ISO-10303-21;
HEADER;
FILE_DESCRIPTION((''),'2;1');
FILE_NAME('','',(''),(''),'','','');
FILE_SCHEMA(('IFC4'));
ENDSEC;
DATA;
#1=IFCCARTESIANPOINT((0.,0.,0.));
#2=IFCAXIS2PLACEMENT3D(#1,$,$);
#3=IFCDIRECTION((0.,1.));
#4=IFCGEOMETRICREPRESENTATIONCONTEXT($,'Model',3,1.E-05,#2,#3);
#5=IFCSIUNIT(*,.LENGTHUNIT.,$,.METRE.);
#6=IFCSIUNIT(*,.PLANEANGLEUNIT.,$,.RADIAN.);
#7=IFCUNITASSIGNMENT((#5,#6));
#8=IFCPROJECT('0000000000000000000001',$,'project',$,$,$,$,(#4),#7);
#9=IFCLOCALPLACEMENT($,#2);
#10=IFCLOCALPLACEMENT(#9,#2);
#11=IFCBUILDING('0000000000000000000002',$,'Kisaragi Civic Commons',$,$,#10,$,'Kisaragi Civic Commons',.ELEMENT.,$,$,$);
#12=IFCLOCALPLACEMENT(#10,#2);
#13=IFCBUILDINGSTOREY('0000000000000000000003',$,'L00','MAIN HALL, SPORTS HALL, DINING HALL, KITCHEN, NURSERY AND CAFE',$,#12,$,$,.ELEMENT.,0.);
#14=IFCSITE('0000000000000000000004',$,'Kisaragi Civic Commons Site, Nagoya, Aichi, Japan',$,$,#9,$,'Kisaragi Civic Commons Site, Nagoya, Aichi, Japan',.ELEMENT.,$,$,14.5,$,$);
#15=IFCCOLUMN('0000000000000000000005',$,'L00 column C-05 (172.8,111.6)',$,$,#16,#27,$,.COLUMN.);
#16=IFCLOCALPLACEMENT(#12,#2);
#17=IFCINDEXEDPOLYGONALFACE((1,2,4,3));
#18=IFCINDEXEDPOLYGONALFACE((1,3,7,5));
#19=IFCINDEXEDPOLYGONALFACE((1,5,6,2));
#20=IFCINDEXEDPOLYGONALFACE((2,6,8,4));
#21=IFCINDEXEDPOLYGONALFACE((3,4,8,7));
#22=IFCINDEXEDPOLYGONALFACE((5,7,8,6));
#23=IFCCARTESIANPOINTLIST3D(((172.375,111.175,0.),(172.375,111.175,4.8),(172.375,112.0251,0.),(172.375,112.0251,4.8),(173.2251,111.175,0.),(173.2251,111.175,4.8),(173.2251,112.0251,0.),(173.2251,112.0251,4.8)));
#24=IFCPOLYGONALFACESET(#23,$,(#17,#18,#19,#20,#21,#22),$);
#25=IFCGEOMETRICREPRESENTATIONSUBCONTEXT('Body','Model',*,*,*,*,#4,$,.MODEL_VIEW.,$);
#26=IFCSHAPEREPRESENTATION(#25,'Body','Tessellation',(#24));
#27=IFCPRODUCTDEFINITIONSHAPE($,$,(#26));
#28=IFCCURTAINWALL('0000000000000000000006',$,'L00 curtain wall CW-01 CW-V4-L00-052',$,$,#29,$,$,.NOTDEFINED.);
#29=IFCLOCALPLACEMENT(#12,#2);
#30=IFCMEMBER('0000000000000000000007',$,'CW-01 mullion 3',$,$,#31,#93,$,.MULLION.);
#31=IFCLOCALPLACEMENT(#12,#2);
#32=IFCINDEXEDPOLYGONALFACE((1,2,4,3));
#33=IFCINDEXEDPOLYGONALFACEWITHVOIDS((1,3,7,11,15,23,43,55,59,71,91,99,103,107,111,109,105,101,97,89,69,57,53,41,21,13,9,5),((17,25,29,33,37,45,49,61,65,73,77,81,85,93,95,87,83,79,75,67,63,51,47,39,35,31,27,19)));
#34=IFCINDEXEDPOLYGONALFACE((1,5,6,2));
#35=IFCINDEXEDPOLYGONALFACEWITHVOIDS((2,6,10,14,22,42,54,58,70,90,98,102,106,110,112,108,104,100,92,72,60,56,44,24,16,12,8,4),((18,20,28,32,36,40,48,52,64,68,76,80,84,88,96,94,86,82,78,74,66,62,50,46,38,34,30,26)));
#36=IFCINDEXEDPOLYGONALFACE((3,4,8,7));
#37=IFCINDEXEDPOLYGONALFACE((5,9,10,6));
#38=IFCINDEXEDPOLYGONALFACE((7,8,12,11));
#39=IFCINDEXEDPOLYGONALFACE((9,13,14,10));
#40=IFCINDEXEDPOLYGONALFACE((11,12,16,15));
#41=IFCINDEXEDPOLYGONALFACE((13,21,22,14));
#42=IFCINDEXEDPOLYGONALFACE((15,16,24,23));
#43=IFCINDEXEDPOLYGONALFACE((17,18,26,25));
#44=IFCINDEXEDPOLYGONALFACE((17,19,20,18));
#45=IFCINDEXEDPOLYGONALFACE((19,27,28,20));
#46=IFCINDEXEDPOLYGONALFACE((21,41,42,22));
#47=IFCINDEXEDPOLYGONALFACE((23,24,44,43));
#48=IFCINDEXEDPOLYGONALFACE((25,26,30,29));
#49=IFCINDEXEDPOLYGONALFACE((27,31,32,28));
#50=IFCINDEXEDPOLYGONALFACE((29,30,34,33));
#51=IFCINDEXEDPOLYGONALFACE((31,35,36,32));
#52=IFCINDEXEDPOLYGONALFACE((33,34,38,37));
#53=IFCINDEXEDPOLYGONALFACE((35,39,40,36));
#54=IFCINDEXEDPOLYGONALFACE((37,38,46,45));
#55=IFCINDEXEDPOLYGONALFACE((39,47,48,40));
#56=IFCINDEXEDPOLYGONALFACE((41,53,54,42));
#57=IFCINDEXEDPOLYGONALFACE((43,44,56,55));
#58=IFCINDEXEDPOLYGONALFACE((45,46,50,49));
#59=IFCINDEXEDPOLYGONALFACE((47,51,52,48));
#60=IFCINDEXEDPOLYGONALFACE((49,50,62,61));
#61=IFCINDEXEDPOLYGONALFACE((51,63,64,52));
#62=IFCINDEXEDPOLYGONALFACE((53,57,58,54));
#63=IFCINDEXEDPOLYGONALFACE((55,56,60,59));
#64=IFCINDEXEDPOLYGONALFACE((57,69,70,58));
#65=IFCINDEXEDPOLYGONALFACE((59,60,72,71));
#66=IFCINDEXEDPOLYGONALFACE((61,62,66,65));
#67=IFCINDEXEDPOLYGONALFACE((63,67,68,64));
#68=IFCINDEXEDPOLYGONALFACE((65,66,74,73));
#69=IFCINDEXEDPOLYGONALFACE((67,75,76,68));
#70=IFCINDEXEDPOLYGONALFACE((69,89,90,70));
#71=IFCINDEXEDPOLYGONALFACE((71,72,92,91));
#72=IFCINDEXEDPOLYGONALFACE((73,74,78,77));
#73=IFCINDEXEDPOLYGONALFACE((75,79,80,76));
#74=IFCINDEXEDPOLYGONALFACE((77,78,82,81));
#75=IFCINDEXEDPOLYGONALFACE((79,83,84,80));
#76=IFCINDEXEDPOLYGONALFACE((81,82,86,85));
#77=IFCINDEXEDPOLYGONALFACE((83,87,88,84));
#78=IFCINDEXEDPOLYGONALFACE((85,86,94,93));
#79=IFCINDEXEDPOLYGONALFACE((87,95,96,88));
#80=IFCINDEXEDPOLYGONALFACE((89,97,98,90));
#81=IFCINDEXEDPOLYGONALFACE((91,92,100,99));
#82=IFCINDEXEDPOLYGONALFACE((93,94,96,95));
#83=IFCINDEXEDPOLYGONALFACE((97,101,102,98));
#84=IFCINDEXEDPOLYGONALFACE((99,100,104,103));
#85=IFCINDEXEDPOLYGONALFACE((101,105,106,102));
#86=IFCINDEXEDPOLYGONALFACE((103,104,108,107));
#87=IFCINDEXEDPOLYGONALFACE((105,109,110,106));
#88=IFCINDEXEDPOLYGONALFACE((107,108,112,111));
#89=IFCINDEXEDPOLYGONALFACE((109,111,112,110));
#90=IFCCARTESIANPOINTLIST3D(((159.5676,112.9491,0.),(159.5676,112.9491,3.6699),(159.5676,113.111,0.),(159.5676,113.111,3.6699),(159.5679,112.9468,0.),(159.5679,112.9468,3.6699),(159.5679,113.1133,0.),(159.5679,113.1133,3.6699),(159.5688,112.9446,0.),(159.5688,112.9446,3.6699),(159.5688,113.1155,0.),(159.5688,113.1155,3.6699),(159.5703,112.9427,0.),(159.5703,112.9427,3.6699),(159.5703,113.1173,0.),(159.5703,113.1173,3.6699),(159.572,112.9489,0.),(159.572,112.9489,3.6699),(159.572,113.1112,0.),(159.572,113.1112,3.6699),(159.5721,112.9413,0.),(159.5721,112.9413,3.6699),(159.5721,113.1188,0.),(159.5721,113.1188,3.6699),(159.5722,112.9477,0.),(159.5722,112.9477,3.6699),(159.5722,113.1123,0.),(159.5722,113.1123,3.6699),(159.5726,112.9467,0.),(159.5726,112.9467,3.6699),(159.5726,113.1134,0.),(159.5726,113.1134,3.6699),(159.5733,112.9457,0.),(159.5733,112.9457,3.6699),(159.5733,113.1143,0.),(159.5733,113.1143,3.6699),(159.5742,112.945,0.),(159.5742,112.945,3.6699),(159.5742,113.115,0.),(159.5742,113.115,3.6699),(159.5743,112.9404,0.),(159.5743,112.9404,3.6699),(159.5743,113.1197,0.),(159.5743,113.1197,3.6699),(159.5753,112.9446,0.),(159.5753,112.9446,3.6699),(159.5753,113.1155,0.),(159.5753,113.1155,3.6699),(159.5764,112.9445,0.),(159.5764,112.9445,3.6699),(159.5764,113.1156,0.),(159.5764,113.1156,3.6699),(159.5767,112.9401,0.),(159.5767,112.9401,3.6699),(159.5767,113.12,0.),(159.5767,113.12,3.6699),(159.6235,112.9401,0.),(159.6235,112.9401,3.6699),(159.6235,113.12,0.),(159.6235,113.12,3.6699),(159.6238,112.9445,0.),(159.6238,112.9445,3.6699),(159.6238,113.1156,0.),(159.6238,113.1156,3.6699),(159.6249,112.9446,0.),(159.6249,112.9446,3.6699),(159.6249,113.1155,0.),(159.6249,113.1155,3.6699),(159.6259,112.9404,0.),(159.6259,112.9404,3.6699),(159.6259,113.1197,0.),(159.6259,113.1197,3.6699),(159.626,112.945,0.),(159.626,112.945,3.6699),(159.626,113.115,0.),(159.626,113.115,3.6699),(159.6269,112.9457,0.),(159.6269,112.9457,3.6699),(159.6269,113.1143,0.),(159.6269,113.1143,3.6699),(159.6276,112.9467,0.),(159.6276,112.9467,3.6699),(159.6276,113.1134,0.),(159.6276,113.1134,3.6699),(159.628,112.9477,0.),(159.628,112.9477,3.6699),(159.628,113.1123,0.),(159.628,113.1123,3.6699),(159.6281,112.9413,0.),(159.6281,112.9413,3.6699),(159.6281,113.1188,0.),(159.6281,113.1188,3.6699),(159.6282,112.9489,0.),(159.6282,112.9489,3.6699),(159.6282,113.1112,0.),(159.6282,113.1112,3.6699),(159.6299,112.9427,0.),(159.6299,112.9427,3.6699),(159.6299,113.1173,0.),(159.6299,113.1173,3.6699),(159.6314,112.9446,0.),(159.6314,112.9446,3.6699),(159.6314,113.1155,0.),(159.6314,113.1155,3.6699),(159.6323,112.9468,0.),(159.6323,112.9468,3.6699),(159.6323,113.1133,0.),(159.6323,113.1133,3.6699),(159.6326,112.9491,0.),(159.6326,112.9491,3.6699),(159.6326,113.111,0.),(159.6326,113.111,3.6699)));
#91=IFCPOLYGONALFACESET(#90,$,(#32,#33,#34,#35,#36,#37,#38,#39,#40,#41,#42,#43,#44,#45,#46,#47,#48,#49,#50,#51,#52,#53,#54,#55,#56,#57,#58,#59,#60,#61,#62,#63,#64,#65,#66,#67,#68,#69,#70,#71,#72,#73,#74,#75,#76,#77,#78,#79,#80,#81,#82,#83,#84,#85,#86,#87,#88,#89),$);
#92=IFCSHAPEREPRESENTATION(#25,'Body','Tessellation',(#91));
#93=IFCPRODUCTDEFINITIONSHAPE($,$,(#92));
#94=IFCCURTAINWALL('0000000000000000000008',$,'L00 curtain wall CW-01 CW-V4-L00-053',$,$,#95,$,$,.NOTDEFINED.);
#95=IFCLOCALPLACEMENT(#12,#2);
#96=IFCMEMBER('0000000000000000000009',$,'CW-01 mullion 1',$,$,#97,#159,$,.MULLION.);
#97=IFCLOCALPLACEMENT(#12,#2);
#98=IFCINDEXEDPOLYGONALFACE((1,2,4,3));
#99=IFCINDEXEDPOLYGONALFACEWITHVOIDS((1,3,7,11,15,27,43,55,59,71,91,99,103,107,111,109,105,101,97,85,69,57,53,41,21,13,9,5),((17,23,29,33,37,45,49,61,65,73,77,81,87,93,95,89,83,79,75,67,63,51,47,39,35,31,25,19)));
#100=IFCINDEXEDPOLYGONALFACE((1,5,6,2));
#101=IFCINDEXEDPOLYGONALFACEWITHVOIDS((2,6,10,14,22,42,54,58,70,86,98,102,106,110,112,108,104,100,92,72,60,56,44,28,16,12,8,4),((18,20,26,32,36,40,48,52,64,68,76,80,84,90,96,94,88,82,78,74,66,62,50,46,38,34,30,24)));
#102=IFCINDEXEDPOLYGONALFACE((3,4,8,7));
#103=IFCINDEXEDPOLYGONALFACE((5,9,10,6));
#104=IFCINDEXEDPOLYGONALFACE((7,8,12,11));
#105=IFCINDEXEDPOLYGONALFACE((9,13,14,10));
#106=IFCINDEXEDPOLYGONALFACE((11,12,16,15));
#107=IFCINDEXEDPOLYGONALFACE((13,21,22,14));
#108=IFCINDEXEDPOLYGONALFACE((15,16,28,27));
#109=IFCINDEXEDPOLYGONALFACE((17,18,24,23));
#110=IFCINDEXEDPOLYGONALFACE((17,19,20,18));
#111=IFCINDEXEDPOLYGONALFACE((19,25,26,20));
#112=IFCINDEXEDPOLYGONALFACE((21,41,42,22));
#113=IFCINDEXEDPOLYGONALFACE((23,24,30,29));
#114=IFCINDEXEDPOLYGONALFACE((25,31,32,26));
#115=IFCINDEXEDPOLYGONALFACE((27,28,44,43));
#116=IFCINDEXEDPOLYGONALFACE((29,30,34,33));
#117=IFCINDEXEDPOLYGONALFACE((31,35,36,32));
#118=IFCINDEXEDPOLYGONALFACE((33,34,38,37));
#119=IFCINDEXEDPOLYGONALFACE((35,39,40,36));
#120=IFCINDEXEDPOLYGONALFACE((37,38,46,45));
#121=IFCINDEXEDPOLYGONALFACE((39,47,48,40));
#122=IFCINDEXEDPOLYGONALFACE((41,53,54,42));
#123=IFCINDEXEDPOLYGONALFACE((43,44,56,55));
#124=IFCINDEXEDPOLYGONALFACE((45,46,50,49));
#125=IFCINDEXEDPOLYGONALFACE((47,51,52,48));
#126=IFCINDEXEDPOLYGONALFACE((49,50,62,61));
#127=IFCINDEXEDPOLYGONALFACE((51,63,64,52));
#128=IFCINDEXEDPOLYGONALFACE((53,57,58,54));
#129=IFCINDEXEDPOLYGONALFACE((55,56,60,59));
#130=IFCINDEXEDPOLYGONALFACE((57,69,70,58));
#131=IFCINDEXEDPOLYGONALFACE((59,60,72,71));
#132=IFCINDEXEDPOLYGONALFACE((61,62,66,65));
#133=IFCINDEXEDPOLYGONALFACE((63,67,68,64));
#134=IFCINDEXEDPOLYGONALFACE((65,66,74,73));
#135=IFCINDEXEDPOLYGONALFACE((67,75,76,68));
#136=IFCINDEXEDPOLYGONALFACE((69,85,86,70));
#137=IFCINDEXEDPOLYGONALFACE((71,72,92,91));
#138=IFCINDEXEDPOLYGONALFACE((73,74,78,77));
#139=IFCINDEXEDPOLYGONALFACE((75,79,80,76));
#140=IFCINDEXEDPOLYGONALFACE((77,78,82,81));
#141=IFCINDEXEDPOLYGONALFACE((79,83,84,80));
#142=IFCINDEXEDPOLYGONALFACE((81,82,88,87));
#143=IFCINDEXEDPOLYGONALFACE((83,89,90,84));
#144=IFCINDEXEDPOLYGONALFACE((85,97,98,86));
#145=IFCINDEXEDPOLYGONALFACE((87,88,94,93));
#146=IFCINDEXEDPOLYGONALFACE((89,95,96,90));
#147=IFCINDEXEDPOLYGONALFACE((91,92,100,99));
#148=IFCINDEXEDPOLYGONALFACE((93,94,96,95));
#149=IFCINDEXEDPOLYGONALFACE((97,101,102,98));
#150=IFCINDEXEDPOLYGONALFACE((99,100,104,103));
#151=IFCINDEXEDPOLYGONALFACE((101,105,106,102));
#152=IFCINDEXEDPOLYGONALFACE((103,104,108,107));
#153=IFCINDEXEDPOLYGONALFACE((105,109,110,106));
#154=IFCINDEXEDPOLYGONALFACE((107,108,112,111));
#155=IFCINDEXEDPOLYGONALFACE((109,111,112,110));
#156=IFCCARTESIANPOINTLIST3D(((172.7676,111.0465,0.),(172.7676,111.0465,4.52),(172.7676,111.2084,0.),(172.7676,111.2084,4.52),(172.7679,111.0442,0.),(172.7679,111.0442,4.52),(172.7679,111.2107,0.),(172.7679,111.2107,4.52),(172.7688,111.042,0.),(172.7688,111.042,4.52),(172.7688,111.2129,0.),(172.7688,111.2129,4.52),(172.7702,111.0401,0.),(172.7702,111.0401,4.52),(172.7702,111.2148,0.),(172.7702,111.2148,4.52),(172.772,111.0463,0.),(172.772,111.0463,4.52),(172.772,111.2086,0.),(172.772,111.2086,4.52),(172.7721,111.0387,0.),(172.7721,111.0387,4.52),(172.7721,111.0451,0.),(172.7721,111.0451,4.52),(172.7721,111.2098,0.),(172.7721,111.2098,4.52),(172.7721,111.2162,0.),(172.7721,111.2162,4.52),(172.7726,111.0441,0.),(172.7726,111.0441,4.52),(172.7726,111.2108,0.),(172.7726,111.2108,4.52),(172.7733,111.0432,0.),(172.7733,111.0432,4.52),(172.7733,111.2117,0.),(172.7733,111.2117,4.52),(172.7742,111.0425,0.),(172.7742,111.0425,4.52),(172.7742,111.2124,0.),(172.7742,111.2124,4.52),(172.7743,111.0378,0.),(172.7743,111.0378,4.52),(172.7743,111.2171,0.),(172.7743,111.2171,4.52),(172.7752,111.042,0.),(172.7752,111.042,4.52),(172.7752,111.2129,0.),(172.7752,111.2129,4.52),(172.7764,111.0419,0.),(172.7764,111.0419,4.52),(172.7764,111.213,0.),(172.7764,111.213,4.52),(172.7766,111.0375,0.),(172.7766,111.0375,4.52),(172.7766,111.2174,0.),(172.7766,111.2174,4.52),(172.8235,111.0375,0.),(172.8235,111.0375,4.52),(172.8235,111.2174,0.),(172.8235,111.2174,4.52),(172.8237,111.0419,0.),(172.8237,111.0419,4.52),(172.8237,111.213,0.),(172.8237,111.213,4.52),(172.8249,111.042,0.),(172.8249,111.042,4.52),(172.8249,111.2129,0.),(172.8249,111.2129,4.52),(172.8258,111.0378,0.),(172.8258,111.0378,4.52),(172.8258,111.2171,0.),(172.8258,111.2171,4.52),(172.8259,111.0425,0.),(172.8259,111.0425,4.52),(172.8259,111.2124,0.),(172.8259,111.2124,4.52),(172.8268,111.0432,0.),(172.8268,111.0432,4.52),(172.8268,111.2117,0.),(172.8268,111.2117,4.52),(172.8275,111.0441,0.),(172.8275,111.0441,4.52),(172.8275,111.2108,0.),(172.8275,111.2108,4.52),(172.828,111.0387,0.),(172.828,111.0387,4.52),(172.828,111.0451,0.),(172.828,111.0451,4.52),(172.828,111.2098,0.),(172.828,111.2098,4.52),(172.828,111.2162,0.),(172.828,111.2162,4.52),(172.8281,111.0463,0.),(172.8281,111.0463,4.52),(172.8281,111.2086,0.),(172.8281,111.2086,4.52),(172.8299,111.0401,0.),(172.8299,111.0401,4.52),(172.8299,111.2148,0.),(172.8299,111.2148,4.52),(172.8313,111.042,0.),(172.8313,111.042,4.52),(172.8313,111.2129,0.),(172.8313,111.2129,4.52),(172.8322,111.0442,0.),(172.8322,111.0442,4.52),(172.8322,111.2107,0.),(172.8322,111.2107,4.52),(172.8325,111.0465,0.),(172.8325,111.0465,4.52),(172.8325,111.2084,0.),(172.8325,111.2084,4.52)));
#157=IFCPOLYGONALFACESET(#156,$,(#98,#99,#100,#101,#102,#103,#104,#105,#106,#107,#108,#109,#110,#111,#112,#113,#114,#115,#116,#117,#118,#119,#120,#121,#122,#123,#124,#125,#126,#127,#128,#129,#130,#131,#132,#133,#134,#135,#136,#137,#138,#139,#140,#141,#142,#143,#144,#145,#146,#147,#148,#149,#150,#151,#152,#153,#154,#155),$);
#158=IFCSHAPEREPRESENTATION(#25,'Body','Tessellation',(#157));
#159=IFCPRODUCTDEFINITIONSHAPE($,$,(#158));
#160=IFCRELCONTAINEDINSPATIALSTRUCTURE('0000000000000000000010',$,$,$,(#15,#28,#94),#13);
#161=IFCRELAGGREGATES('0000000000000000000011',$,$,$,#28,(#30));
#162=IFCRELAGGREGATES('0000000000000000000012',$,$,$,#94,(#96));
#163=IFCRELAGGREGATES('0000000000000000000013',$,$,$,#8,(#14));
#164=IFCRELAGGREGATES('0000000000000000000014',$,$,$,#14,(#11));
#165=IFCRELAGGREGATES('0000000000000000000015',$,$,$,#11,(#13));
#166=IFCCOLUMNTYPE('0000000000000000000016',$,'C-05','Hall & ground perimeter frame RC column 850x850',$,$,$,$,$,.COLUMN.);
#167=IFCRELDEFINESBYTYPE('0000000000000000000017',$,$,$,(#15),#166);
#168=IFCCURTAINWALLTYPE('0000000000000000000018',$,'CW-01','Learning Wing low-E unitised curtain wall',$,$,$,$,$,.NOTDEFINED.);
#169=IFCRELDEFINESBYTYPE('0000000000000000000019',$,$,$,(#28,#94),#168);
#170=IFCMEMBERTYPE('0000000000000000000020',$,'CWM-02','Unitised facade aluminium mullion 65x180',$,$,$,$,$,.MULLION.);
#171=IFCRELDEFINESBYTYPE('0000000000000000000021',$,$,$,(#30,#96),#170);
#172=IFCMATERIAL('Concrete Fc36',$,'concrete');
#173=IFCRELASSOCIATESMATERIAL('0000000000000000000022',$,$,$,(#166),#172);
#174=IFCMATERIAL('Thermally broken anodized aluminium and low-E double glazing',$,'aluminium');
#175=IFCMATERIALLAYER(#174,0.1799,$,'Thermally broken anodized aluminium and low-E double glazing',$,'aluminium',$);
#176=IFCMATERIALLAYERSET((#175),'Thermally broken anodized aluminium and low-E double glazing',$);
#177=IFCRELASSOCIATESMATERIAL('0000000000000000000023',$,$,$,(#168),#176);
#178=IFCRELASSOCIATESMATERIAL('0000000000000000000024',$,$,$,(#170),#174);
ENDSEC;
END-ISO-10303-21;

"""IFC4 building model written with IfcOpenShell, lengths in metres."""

from ifc_helpers import new_model, si_unit, direction, frame, origin, origin_2d, place, context, subcontext, project, spatial, rectangle, hollow_rectangle, extrude, material, layer, layer_set, material_profile, profile_set, type_object, element, aggregate, save


model = new_model("IFC4")

# Units and contexts
model_context = context("Model", 3, precision=1e-05, world=origin(), true_north=direction((0.0, 1.0)))
body_context = subcontext(model_context, "Body", "Model", "MODEL_VIEW")
ifc_project = project(units=[si_unit("LENGTHUNIT", "METRE"), si_unit("PLANEANGLEUNIT", "RADIAN")], contexts=[model_context])

# Site, building, storey
site_placement = place(None, origin())
site = spatial("IfcSite", under=ifc_project, at=site_placement, Name="Kisaragi Civic Commons Site, Nagoya, Aichi, Japan", LongName="Kisaragi Civic Commons Site, Nagoya, Aichi, Japan", CompositionType="ELEMENT", RefElevation=14.5)
building_placement = place(site_placement, origin())
building = spatial("IfcBuilding", under=site, at=building_placement, Name="Kisaragi Civic Commons", LongName="Kisaragi Civic Commons", CompositionType="ELEMENT")
storey_placement = place(building_placement, origin())
storey = spatial("IfcBuildingStorey", under=building, at=storey_placement, Name="L00", Description="MAIN HALL, SPORTS HALL, DINING HALL, KITCHEN, NURSERY AND CAFE", CompositionType="ELEMENT", Elevation=0.0)

# Column
ifc_material_1 = material(Name="Concrete Fc36", Category="concrete")
ifc_material_profile_1 = material_profile(ifc_material_1, rectangle(XDim=0.8501, YDim=0.8501, at=origin_2d()), Name="RC-850x850", Category="concrete")
ifc_profile_set_1 = profile_set([ifc_material_profile_1], Name="Concrete Fc36")
column_type = type_object("IfcColumnType", Name="C-05", Description="Hall & ground perimeter frame RC column 850x850", PredefinedType="COLUMN", material=ifc_profile_set_1)
column_placement = place(storey_placement, frame((172.8, 111.6001, 0.0), z_axis=(0.0, 0.0, 1.0), x_axis=(1.0, 0.0, 0.0)))
element("IfcColumn", 1, at=column_placement, inside=storey, type_object=column_type, Name="L00 column C-05 (172.8,111.6)", PredefinedType="COLUMN", context=body_context, shape_type="SweptSolid", body=[
    extrude(rectangle(XDim=0.8501, YDim=0.8501, at=origin_2d()), origin(), (0.0, 0.0, 1.0), 4.8),
])

# Curtain wall, member
ifc_material_2 = material(Name="Thermally broken anodized aluminium and low-E double glazing", Category="aluminium")
ifc_layer_1 = layer(ifc_material_2, 0.1799, Name="Thermally broken anodized aluminium and low-E double glazing", Category="aluminium")
ifc_layer_set_1 = layer_set([ifc_layer_1], Name="Thermally broken anodized aluminium and low-E double glazing")
curtain_wall_type = type_object("IfcCurtainWallType", Name="CW-01", Description="Learning Wing low-E unitised curtain wall", PredefinedType="NOTDEFINED", material=ifc_layer_set_1)
curtain_wall_1_placement = place(storey_placement, origin())
curtain_wall_1 = element("IfcCurtainWall", 2, at=curtain_wall_1_placement, inside=storey, type_object=curtain_wall_type, Name="L00 curtain wall CW-01 CW-V4-L00-052", PredefinedType="NOTDEFINED")
ifc_material_profile_2 = material_profile(ifc_material_2, hollow_rectangle(XDim=0.0649, YDim=0.1799, WallThickness=0.0044, InnerFilletRadius=0.0044, OuterFilletRadius=0.009, at=origin_2d()), Name="CWM-65x180x4.5", Category="aluminium")
ifc_profile_set_2 = profile_set([ifc_material_profile_2], Name="Thermally broken anodized aluminium and low-E double glazing")
member_type_1 = type_object("IfcMemberType", Name="CWM-02", Description="Unitised facade aluminium mullion 65x180", PredefinedType="MULLION", material=ifc_profile_set_2)
member_1_placement = place(storey_placement, frame((159.6001, 113.03, 0.0), z_axis=(0.0, 0.0, 1.0), x_axis=(1.0, 0.0, 0.0)))
member_1 = element("IfcMember", 3, at=member_1_placement, type_object=member_type_1, Name="CW-01 mullion 3", PredefinedType="MULLION", context=body_context, shape_type="SweptSolid", body=[
    extrude(hollow_rectangle(XDim=0.0649, YDim=0.1799, WallThickness=0.0044, InnerFilletRadius=0.0044, OuterFilletRadius=0.009, at=origin_2d()), origin(), (0.0, 0.0, 1.0), 3.6699),
])

# Curtain wall, member
curtain_wall_2_placement = place(storey_placement, origin())
curtain_wall_2 = element("IfcCurtainWall", 4, at=curtain_wall_2_placement, inside=storey, type_object=curtain_wall_type, Name="L00 curtain wall CW-01 CW-V4-L00-053", PredefinedType="NOTDEFINED")
member_2_placement = place(storey_placement, frame((172.8, 111.1274, 0.0), z_axis=(0.0, 0.0, 1.0), x_axis=(1.0, 0.0, 0.0)))
member_2 = element("IfcMember", 5, at=member_2_placement, type_object=member_type_1, Name="CW-01 mullion 1", PredefinedType="MULLION", context=body_context, shape_type="SweptSolid", body=[
    extrude(hollow_rectangle(XDim=0.0649, YDim=0.1799, WallThickness=0.0044, InnerFilletRadius=0.0044, OuterFilletRadius=0.009, at=origin_2d()), origin(), (0.0, 0.0, 1.0), 4.52),
])

aggregate(curtain_wall_1, [member_1])
aggregate(curtain_wall_2, [member_2])

save(model, "model.ifc")
